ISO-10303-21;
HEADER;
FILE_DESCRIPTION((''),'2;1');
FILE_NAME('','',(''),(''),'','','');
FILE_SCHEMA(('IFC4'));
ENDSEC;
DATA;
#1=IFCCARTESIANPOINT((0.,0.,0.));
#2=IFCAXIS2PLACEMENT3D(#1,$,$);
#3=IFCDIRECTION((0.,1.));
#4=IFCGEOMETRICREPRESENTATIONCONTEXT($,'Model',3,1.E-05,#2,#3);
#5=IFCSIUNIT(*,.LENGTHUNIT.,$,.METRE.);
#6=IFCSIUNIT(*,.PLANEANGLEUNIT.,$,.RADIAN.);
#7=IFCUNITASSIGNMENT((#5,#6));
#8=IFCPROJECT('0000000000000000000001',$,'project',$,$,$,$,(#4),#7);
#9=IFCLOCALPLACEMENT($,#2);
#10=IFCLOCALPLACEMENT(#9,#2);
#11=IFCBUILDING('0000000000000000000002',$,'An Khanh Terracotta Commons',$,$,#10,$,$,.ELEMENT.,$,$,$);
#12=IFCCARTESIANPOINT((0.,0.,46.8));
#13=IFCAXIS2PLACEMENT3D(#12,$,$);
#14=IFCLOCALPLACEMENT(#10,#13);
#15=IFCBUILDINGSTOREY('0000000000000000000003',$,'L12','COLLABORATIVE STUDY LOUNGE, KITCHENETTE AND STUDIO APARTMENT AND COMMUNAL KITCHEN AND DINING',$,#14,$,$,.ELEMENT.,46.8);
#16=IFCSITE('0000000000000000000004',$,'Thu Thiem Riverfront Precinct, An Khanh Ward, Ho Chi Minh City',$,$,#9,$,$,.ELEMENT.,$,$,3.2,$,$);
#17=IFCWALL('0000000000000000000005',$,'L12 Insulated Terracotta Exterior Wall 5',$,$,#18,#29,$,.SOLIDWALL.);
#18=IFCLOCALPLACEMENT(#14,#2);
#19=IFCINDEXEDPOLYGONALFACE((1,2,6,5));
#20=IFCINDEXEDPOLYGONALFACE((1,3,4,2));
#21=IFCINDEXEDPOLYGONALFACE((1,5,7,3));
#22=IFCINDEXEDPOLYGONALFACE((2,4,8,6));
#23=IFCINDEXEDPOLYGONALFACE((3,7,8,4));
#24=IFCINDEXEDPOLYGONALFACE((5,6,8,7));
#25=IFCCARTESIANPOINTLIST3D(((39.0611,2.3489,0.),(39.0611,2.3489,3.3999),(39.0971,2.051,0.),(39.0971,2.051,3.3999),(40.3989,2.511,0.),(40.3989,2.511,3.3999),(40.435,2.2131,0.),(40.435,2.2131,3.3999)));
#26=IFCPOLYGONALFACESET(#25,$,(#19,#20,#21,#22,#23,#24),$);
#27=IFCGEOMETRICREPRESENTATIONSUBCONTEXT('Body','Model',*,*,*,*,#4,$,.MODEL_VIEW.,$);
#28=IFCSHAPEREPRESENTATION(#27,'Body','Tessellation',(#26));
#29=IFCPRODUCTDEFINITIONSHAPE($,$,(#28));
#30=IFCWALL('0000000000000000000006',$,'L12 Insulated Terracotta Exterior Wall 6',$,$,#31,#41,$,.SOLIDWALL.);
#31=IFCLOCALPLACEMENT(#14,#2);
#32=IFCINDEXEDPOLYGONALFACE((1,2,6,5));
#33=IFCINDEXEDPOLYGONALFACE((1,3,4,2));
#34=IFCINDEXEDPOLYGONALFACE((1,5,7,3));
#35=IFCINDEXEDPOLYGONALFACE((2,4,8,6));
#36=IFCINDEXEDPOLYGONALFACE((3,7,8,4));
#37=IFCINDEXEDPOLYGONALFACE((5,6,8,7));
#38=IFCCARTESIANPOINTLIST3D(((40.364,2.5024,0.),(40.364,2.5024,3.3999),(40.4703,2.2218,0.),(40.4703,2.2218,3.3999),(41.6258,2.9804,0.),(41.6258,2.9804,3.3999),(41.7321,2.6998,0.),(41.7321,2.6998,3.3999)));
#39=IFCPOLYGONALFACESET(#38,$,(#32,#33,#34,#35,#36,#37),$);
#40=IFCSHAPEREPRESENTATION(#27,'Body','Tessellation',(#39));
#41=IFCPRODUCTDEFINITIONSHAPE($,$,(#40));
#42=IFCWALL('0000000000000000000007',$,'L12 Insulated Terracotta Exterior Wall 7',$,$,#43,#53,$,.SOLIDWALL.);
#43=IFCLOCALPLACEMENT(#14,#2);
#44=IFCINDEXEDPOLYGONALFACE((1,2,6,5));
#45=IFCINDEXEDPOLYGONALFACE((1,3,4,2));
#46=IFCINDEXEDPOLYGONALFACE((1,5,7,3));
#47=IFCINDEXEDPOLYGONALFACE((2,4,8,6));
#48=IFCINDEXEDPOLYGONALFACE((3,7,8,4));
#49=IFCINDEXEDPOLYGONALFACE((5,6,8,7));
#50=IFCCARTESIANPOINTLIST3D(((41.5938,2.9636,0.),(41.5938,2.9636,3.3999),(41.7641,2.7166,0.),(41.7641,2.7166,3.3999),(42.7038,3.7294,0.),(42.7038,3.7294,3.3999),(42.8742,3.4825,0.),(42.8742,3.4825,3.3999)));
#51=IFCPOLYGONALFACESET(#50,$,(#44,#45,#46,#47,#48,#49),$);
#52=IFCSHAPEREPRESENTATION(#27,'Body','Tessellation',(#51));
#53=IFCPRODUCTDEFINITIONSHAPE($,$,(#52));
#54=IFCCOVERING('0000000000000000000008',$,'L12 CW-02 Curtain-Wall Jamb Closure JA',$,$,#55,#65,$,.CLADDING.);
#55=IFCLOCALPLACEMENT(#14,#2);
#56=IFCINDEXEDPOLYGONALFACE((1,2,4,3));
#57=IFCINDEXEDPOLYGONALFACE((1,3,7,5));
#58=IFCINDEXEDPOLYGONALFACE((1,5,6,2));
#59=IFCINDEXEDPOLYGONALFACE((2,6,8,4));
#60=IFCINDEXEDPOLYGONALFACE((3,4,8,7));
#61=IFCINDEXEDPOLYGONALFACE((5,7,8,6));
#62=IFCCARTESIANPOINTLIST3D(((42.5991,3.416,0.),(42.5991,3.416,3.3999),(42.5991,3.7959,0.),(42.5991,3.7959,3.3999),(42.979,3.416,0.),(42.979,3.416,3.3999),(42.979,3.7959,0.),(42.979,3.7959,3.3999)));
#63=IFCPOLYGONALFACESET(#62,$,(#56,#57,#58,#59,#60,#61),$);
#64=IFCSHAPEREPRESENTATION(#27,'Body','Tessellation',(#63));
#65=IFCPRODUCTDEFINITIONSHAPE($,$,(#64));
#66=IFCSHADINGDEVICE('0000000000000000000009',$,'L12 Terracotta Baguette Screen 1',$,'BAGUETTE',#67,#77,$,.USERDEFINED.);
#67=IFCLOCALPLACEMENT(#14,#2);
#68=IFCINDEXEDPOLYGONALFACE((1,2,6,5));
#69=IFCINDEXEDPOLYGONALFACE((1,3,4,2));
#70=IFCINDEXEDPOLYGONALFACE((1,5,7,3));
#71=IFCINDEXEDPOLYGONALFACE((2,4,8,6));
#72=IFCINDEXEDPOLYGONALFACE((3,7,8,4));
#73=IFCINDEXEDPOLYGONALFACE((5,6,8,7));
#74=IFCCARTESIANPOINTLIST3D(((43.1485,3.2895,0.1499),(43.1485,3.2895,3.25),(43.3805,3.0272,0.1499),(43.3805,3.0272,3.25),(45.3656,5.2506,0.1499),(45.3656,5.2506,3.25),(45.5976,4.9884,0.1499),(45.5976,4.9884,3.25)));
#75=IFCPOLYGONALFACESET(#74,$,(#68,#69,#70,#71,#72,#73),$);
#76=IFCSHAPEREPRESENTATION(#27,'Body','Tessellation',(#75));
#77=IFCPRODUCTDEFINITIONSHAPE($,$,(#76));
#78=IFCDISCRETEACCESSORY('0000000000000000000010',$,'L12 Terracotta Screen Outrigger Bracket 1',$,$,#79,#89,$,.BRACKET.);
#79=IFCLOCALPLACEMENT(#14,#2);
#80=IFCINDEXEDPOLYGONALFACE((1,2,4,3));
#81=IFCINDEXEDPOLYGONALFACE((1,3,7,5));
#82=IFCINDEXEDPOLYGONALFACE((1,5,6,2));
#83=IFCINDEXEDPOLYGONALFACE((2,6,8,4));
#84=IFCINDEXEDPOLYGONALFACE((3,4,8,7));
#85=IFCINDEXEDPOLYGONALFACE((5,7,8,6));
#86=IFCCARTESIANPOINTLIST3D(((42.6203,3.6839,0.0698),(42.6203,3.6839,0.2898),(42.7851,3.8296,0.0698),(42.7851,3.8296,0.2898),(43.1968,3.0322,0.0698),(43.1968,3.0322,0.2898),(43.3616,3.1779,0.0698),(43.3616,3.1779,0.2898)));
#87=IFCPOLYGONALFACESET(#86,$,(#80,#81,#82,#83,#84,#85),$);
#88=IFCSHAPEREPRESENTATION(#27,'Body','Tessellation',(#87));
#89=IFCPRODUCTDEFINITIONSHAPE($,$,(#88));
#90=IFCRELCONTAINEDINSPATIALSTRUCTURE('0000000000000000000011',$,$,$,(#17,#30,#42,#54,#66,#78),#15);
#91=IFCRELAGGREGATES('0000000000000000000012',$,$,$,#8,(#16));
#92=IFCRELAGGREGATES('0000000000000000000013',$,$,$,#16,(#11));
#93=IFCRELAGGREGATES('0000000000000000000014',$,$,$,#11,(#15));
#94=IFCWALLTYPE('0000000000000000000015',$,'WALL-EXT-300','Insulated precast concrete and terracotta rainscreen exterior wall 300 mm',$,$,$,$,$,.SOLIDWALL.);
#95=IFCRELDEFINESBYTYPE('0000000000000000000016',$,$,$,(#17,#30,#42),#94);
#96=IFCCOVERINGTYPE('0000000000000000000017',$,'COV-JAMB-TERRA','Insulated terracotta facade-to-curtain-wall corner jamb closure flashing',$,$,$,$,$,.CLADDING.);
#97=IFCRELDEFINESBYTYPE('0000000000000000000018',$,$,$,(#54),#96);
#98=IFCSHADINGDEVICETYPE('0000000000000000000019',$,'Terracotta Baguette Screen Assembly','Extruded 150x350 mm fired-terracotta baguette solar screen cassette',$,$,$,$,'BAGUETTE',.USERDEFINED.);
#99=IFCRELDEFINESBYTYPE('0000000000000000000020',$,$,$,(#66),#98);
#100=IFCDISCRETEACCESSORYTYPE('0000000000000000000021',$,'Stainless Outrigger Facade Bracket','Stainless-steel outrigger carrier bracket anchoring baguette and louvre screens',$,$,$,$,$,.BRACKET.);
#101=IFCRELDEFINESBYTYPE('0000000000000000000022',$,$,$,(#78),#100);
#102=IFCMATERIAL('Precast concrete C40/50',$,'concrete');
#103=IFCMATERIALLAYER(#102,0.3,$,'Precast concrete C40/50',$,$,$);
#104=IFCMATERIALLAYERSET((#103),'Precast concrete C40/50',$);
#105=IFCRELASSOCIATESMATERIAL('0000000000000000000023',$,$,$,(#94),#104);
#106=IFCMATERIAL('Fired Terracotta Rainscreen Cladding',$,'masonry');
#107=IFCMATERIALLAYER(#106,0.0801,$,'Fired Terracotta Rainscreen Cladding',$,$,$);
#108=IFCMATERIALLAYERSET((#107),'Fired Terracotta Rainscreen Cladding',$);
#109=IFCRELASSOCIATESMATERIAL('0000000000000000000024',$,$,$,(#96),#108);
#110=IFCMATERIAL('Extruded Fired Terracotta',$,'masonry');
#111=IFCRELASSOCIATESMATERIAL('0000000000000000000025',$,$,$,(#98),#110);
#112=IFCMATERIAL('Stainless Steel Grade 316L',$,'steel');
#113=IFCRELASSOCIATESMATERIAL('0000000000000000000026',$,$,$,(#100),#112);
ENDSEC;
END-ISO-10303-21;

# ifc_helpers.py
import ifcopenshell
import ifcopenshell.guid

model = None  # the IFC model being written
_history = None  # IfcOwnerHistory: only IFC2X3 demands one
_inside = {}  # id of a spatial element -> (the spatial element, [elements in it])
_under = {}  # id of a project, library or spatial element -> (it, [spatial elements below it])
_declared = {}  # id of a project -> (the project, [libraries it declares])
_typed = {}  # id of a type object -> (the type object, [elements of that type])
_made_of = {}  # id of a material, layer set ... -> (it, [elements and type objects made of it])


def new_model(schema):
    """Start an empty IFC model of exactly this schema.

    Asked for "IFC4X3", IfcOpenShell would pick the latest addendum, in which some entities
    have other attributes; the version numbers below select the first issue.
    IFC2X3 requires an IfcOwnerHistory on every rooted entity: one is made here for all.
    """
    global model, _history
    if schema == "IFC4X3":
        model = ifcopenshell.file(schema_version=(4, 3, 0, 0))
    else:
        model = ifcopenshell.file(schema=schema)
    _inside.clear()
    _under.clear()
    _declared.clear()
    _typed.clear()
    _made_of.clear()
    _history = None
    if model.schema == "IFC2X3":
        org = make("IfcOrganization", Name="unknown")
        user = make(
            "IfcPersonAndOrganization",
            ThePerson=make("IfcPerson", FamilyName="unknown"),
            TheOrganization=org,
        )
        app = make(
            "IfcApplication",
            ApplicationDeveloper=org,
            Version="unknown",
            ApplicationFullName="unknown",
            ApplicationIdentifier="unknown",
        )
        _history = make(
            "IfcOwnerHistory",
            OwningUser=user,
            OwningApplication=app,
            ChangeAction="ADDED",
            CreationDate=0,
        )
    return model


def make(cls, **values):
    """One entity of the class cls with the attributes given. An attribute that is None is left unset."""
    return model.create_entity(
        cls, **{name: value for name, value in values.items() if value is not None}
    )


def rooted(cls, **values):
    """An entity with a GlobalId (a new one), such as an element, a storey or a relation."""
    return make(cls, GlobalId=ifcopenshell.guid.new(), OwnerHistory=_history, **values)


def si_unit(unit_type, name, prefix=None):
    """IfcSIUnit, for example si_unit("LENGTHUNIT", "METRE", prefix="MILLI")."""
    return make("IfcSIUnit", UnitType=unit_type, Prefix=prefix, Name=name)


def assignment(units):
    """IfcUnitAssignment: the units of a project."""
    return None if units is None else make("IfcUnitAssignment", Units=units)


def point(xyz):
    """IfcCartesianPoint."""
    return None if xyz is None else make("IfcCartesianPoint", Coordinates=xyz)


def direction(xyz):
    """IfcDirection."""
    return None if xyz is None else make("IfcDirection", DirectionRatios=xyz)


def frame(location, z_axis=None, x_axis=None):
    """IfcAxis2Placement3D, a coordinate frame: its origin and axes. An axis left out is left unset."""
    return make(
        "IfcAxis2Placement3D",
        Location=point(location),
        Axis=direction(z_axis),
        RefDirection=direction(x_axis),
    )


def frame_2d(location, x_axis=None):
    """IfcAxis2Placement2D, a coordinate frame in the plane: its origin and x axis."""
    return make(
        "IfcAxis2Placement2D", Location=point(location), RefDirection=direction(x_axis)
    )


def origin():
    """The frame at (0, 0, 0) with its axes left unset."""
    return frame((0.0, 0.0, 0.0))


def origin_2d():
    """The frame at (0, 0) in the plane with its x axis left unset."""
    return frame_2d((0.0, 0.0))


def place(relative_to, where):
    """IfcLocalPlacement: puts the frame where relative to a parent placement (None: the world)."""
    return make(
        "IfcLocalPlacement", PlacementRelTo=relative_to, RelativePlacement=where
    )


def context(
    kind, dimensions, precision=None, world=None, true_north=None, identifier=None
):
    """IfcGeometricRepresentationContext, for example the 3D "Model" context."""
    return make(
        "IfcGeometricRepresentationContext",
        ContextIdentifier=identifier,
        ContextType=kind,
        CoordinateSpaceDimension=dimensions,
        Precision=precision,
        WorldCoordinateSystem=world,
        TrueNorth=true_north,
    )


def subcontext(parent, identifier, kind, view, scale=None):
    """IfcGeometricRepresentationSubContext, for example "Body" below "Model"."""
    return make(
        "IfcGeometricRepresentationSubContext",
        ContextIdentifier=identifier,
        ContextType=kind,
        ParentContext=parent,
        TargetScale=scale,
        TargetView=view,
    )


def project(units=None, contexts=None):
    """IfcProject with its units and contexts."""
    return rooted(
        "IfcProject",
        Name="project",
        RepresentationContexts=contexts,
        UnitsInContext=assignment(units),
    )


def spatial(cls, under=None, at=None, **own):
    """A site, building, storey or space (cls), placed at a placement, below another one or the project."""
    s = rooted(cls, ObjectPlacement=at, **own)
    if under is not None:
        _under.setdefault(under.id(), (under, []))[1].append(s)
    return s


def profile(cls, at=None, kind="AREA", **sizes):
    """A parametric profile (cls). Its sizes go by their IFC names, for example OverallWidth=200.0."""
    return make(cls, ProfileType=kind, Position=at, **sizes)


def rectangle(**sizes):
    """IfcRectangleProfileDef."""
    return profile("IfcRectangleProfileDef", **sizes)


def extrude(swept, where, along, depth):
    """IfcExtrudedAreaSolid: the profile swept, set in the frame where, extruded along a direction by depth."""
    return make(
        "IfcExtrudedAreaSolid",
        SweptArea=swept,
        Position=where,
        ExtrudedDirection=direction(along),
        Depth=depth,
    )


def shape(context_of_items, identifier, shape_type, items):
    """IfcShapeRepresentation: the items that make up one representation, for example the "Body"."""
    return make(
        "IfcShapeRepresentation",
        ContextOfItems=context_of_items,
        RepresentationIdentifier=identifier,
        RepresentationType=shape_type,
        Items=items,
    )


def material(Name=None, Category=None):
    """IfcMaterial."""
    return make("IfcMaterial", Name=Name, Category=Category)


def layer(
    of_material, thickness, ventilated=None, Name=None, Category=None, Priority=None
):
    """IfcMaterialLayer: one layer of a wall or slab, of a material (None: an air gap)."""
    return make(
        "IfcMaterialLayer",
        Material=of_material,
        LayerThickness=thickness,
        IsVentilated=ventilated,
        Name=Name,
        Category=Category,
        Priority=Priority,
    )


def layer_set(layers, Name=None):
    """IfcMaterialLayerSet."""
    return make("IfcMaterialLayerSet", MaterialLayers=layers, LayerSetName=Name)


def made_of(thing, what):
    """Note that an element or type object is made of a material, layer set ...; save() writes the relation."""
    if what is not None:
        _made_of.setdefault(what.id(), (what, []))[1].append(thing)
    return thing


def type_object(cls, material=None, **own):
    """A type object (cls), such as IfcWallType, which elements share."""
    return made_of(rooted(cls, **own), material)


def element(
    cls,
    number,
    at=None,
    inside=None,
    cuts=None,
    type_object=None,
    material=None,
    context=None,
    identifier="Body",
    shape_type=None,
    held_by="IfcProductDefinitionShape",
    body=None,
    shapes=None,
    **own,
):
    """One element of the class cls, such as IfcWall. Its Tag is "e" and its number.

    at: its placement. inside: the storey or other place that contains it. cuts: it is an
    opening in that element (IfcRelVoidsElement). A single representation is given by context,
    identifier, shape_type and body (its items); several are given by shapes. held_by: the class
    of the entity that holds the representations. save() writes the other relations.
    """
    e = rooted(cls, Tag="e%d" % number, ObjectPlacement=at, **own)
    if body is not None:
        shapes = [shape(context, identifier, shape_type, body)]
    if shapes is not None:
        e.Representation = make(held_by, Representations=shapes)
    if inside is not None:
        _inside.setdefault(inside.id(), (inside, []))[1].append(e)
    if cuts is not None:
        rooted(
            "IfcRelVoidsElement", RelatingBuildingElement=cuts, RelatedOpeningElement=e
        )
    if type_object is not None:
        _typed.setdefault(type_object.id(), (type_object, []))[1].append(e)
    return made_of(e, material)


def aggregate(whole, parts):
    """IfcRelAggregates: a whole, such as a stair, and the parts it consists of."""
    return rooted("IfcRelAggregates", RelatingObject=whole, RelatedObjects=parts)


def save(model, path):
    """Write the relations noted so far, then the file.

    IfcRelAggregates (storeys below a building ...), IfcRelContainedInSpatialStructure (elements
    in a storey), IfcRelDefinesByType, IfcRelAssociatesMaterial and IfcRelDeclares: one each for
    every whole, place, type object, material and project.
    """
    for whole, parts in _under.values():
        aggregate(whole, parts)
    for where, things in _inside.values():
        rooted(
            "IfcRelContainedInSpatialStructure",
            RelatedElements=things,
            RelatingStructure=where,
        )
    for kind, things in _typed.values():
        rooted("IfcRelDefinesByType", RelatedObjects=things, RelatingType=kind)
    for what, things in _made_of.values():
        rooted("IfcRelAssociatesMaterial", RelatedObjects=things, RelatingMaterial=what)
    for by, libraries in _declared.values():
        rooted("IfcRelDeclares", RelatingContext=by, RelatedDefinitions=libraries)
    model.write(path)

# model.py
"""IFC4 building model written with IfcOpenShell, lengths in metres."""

from ifc_helpers import new_model, si_unit, direction, frame, frame_2d, origin, origin_2d, place, context, subcontext, project, spatial, rectangle, extrude, material, layer, layer_set, type_object, element, save


model = new_model("IFC4")

# Units and contexts
model_context = context("Model", 3, precision=1e-05, world=origin(), true_north=direction((0.0, 1.0)))
body_context = subcontext(model_context, "Body", "Model", "MODEL_VIEW")
ifc_project = project(units=[si_unit("LENGTHUNIT", "METRE"), si_unit("PLANEANGLEUNIT", "RADIAN")], contexts=[model_context])

# Site, building, storey
site_placement = place(None, origin())
site = spatial("IfcSite", under=ifc_project, at=site_placement, Name="Thu Thiem Riverfront Precinct, An Khanh Ward, Ho Chi Minh City", CompositionType="ELEMENT", RefElevation=3.2)
building_placement = place(site_placement, origin())
building = spatial("IfcBuilding", under=site, at=building_placement, Name="An Khanh Terracotta Commons", CompositionType="ELEMENT")
storey_placement = place(building_placement, frame((0.0, 0.0, 46.8)))
storey = spatial("IfcBuildingStorey", under=building, at=storey_placement, Name="L12", Description="COLLABORATIVE STUDY LOUNGE, KITCHENETTE AND STUDIO APARTMENT AND COMMUNAL KITCHEN AND DINING", CompositionType="ELEMENT", Elevation=46.8)

# Walls
ifc_material_1 = material(Name="Precast concrete C40/50", Category="concrete")
ifc_layer_1 = layer(ifc_material_1, 0.3, Name="Precast concrete C40/50")
ifc_layer_set_1 = layer_set([ifc_layer_1], Name="Precast concrete C40/50")
wall_type_1 = type_object("IfcWallType", Name="WALL-EXT-300", Description="Insulated precast concrete and terracotta rainscreen exterior wall 300 mm", PredefinedType="SOLIDWALL", material=ifc_layer_set_1)
wall_1_placement = place(storey_placement, frame((39.0791, 2.2, 0.0), z_axis=(0.0, 0.0, 1.0), x_axis=(0.992739, 0.120288, 0.0)))
element("IfcWall", 1, at=wall_1_placement, inside=storey, type_object=wall_type_1, Name="L12 Insulated Terracotta Exterior Wall 5", PredefinedType="SOLIDWALL", context=body_context, shape_type="SweptSolid", body=[
    extrude(rectangle(XDim=1.3477, YDim=0.3, at=frame_2d((0.6738, 0.0))), origin(), (0.0, 0.0, 1.0), 3.3999),
])
wall_2_placement = place(storey_placement, frame((40.417, 2.3621, 0.0), z_axis=(0.0, 0.0, 1.0), x_axis=(0.935157, 0.354234, 0.0)))
element("IfcWall", 2, at=wall_2_placement, inside=storey, type_object=wall_type_1, Name="L12 Insulated Terracotta Exterior Wall 6", PredefinedType="SOLIDWALL", context=body_context, shape_type="SweptSolid", body=[
    extrude(rectangle(XDim=1.3494, YDim=0.3, at=frame_2d((0.6748, 0.0))), origin(), (0.0, 0.0, 1.0), 3.3999),
])
wall_3_placement = place(storey_placement, frame((41.679, 2.8401, 0.0), z_axis=(0.0, 0.0, 1.0), x_axis=(0.823117, 0.567873, 0.0)))
element("IfcWall", 3, at=wall_3_placement, inside=storey, type_object=wall_type_1, Name="L12 Insulated Terracotta Exterior Wall 7", PredefinedType="SOLIDWALL", context=body_context, shape_type="SweptSolid", body=[
    extrude(rectangle(XDim=1.3486, YDim=0.3, at=frame_2d((0.6743, 0.0))), origin(), (0.0, 0.0, 1.0), 3.3999),
])

# Covering
ifc_material_2 = material(Name="Fired Terracotta Rainscreen Cladding", Category="masonry")
ifc_layer_2 = layer(ifc_material_2, 0.0801, Name="Fired Terracotta Rainscreen Cladding")
ifc_layer_set_2 = layer_set([ifc_layer_2], Name="Fired Terracotta Rainscreen Cladding")
covering_type = type_object("IfcCoveringType", Name="COV-JAMB-TERRA", Description="Insulated terracotta facade-to-curtain-wall corner jamb closure flashing", PredefinedType="CLADDING", material=ifc_layer_set_2)
covering_placement = place(storey_placement, frame((42.7891, 3.606, 0.0), z_axis=(0.0, 0.0, 1.0), x_axis=(1.0, 0.0, 0.0)))
element("IfcCovering", 4, at=covering_placement, inside=storey, type_object=covering_type, Name="L12 CW-02 Curtain-Wall Jamb Closure JA", PredefinedType="CLADDING", context=body_context, shape_type="SweptSolid", body=[
    extrude(rectangle(XDim=0.3799, YDim=0.3799, at=origin_2d()), origin(), (0.0, 0.0, 1.0), 3.3999),
])

# Shading device
ifc_material_3 = material(Name="Extruded Fired Terracotta", Category="masonry")
shading_device_type = type_object("IfcShadingDeviceType", Name="Terracotta Baguette Screen Assembly", Description="Extruded 150x350 mm fired-terracotta baguette solar screen cassette", ElementType="BAGUETTE", PredefinedType="USERDEFINED", material=ifc_material_3)
shading_device_placement = place(storey_placement, frame((44.373, 4.1389, 0.1499), z_axis=(0.0, 0.0, 1.0), x_axis=(0.749019, 0.662548, 0.0)))
element("IfcShadingDevice", 5, at=shading_device_placement, inside=storey, type_object=shading_device_type, Name="L12 Terracotta Baguette Screen 1", ObjectType="BAGUETTE", PredefinedType="USERDEFINED", context=body_context, shape_type="SweptSolid", body=[
    extrude(rectangle(XDim=2.96, YDim=0.3501, at=origin_2d()), origin(), (0.0, 0.0, 1.0), 3.1001),
])

# Discrete accessory
ifc_material_4 = material(Name="Stainless Steel Grade 316L", Category="steel")
discrete_accessory_type = type_object("IfcDiscreteAccessoryType", Name="Stainless Outrigger Facade Bracket", Description="Stainless-steel outrigger carrier bracket anchoring baguette and louvre screens", PredefinedType="BRACKET", material=ifc_material_4)
discrete_accessory_placement = place(storey_placement, frame((42.991, 3.4309, 0.0698), z_axis=(0.0, 0.0, 1.0), x_axis=(0.749019, 0.662548, 0.0)))
element("IfcDiscreteAccessory", 6, at=discrete_accessory_placement, inside=storey, type_object=discrete_accessory_type, Name="L12 Terracotta Screen Outrigger Bracket 1", PredefinedType="BRACKET", context=body_context, shape_type="SweptSolid", body=[
    extrude(rectangle(XDim=0.22, YDim=0.8701, at=origin_2d()), origin(), (0.0, 0.0, 1.0), 0.22),
])

save(model, "model.ifc")
